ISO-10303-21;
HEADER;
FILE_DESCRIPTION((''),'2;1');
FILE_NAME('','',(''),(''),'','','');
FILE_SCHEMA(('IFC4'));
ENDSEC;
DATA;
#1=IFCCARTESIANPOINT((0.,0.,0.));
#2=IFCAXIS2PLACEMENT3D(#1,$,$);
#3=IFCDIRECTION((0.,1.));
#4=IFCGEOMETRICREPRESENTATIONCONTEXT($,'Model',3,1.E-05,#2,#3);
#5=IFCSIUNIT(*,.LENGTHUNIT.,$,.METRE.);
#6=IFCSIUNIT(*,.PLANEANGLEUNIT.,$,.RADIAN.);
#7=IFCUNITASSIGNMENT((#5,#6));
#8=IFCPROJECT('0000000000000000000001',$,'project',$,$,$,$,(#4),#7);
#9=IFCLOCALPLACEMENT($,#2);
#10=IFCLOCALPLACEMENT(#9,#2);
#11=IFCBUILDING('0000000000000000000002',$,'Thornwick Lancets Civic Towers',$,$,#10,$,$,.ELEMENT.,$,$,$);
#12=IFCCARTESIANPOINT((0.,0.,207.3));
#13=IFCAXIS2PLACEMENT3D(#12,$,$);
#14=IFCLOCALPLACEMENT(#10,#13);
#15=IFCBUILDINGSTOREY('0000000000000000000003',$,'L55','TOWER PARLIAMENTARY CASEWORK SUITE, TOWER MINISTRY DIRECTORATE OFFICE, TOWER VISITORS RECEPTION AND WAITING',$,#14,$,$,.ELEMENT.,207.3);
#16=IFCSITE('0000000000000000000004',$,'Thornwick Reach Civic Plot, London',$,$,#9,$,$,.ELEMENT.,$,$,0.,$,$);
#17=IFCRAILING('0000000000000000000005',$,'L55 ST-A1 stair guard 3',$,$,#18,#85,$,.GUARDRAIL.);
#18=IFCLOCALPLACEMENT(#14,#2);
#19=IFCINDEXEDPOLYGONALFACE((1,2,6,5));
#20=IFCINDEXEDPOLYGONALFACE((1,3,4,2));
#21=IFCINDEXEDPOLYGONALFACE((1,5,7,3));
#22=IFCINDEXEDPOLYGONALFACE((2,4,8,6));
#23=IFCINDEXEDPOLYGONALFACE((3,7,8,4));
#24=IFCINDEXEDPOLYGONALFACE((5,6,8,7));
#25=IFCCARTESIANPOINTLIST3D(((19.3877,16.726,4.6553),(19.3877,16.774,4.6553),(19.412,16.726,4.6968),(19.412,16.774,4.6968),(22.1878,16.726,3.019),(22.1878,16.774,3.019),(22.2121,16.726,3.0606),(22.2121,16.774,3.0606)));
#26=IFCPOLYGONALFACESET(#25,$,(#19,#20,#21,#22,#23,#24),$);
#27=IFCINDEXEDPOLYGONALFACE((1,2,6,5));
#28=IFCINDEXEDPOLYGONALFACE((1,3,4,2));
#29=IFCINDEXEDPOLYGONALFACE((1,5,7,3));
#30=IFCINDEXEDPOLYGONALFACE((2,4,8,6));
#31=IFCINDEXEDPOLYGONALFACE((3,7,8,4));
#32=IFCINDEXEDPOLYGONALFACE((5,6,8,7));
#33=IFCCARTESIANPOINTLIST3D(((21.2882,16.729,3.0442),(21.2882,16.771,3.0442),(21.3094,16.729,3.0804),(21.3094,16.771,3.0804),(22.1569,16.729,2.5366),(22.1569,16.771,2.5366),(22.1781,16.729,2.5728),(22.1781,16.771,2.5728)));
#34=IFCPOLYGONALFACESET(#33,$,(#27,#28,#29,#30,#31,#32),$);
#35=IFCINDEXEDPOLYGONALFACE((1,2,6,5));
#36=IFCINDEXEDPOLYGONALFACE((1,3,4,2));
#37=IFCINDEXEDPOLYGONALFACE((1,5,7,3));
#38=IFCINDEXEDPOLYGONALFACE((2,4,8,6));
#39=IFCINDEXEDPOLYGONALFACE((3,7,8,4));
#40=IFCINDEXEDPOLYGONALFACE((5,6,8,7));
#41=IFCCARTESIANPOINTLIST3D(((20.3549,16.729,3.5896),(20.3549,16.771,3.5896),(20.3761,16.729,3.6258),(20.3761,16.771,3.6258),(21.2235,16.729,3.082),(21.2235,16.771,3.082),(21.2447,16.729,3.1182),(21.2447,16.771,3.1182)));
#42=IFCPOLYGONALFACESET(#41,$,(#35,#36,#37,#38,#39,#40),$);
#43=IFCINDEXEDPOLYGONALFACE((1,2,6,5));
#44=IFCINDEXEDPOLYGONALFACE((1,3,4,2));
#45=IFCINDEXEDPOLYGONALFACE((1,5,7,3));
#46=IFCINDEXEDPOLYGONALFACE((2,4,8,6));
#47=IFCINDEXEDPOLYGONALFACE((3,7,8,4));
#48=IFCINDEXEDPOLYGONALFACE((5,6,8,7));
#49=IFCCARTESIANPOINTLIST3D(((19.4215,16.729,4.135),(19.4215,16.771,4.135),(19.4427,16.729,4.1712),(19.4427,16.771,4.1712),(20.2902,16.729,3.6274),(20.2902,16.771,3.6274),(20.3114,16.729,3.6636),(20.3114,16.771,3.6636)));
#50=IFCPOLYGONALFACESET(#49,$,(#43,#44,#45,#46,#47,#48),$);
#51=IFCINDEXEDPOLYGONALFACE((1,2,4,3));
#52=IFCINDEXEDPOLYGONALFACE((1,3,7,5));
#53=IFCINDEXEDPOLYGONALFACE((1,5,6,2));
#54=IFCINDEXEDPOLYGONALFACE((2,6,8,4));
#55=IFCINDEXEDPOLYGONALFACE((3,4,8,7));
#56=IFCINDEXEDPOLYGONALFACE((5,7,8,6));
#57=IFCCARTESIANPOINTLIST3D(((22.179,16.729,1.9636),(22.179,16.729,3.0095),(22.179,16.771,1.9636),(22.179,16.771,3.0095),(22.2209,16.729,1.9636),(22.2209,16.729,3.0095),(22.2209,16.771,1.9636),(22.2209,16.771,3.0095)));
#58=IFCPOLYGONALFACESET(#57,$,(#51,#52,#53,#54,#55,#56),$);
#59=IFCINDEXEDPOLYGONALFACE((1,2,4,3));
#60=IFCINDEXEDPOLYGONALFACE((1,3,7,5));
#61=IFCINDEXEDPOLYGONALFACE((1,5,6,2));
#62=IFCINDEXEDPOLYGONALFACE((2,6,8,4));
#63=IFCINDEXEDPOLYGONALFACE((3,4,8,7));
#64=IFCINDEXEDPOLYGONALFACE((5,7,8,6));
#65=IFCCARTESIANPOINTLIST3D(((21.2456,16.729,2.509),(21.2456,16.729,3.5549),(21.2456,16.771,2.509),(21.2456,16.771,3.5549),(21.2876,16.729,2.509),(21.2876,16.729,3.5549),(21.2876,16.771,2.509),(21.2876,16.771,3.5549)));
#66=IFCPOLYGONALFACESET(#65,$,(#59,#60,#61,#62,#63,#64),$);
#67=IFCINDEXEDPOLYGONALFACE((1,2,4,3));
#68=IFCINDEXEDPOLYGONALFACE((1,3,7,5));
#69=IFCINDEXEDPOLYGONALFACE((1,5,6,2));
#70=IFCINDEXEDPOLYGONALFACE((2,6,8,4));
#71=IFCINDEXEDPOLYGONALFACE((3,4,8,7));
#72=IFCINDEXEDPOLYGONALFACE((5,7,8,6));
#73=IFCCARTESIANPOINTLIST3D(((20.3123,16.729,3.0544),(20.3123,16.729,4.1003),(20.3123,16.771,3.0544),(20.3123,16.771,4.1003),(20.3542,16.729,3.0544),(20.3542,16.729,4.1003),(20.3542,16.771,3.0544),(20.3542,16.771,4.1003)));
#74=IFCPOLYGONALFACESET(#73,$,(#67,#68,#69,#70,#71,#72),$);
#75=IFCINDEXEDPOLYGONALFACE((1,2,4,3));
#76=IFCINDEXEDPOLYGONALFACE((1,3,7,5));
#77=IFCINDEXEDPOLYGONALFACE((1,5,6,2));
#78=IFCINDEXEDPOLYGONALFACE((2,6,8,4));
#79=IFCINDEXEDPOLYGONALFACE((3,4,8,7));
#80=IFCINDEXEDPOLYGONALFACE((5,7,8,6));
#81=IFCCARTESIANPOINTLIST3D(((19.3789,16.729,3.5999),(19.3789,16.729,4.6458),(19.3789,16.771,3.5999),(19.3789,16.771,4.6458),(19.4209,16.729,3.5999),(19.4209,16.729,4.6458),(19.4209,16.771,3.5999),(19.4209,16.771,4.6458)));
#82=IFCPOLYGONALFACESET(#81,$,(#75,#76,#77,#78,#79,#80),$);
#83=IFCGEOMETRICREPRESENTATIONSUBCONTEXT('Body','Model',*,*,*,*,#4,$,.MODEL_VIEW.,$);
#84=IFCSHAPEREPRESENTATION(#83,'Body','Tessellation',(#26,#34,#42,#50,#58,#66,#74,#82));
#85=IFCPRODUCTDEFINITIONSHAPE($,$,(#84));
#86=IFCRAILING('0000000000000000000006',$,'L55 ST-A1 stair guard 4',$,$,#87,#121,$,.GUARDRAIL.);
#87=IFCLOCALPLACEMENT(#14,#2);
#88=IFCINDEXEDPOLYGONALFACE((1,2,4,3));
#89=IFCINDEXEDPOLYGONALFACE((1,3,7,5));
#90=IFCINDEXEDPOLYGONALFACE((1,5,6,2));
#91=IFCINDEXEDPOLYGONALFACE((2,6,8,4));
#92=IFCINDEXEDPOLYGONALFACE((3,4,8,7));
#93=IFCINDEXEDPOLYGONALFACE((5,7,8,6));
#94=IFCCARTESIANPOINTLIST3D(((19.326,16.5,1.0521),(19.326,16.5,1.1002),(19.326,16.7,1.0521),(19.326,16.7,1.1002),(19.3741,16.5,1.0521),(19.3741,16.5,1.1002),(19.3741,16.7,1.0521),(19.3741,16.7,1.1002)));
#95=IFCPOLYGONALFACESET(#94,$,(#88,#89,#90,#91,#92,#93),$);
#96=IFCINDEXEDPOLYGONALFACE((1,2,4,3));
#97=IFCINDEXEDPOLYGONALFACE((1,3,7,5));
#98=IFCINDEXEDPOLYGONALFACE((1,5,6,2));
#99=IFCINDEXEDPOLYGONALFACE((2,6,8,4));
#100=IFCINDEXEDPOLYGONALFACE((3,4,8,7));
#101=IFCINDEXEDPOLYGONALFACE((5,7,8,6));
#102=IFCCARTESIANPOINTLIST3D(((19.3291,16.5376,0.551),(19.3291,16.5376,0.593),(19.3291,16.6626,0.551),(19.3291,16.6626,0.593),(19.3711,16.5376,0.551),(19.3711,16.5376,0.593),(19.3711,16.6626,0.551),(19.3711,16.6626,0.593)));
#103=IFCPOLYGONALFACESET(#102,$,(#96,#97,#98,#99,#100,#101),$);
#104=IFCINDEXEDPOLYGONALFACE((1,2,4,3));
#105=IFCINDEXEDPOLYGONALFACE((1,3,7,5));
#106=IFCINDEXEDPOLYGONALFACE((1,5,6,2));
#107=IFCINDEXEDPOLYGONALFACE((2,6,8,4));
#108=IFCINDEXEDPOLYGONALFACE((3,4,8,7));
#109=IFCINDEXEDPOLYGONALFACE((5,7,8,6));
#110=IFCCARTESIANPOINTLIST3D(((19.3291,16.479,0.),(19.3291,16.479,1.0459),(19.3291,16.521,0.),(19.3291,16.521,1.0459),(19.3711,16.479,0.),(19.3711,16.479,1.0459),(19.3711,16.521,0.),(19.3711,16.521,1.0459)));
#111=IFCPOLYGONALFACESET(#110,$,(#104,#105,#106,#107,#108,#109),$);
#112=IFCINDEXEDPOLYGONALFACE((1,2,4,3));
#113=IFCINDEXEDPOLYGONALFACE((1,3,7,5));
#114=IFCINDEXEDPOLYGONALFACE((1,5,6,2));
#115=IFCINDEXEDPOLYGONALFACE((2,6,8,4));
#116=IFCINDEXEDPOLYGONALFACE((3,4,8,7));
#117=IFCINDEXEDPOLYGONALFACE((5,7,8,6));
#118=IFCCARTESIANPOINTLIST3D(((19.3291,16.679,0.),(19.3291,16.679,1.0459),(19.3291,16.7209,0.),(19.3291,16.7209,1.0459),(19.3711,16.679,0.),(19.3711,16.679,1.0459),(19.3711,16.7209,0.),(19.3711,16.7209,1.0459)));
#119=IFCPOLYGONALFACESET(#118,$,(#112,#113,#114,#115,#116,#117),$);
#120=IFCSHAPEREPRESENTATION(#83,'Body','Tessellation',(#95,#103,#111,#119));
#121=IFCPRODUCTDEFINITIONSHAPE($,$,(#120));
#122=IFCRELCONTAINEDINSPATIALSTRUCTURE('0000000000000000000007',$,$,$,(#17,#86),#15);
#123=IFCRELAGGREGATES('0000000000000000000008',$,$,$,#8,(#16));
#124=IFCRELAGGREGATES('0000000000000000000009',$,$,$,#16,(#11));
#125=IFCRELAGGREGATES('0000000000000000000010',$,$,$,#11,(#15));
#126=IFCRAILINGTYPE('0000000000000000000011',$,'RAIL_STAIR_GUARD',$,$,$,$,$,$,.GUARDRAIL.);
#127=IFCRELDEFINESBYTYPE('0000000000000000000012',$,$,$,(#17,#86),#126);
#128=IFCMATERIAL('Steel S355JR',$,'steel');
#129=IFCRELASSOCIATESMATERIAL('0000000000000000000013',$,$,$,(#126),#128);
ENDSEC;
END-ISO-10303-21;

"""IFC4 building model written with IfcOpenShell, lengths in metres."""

from ifc_helpers import new_model, si_unit, direction, frame, origin, origin_2d, place, context, subcontext, project, spatial, rectangle, extrude, material, type_object, element, save


model = new_model("IFC4")

# Units and contexts
model_context = context("Model", 3, precision=1e-05, world=origin(), true_north=direction((0.0, 1.0)))
body_context = subcontext(model_context, "Body", "Model", "MODEL_VIEW")
ifc_project = project(units=[si_unit("LENGTHUNIT", "METRE"), si_unit("PLANEANGLEUNIT", "RADIAN")], contexts=[model_context])

# Site, building, storey
site_placement = place(None, origin())
site = spatial("IfcSite", under=ifc_project, at=site_placement, Name="Thornwick Reach Civic Plot, London", CompositionType="ELEMENT", RefElevation=0.0)
building_placement = place(site_placement, origin())
building = spatial("IfcBuilding", under=site, at=building_placement, Name="Thornwick Lancets Civic Towers", CompositionType="ELEMENT")
storey_placement = place(building_placement, frame((0.0, 0.0, 207.3)))
storey = spatial("IfcBuildingStorey", under=building, at=storey_placement, Name="L55", Description="TOWER PARLIAMENTARY CASEWORK SUITE, TOWER MINISTRY DIRECTORATE OFFICE, TOWER VISITORS RECEPTION AND WAITING", CompositionType="ELEMENT", Elevation=207.3)

# Shared definitions
ifc_material_1 = material(Name="Steel S355JR", Category="steel")

# Railings
railing_type_1 = type_object("IfcRailingType", Name="RAIL_STAIR_GUARD", PredefinedType="GUARDRAIL", material=ifc_material_1)
railing_1_placement = place(storey_placement, frame((22.2, 16.75, 1.9636)))
element("IfcRailing", 1, at=railing_1_placement, inside=storey, type_object=railing_type_1, Name="L55 ST-A1 stair guard 3", PredefinedType="GUARDRAIL", context=body_context, shape_type="SweptSolid", body=[
    extrude(rectangle(XDim=0.0481, YDim=0.0481, at=origin_2d()), frame((0.0, 0.0, 1.0762), z_axis=(-0.863394, 0.0, 0.504531), x_axis=(0.0, -1.0, 0.0)), (0.0, 0.0, 1.0), 3.2432),
    extrude(rectangle(XDim=0.042, YDim=0.042, at=origin_2d()), frame((-0.0325, 0.0, 0.5911), z_axis=(-0.863394, 0.0, 0.504531), x_axis=(0.0, -1.0, 0.0)), (0.0, 0.0, 1.0), 1.0061),
    extrude(rectangle(XDim=0.042, YDim=0.042, at=origin_2d()), frame((-0.9658, 0.0, 1.1365), z_axis=(-0.863394, 0.0, 0.504531), x_axis=(0.0, -1.0, 0.0)), (0.0, 0.0, 1.0), 1.0061),
    extrude(rectangle(XDim=0.042, YDim=0.042, at=origin_2d()), frame((-1.8992, 0.0, 1.6819), z_axis=(-0.863394, 0.0, 0.504531), x_axis=(0.0, -1.0, 0.0)), (0.0, 0.0, 1.0), 1.0061),
    extrude(rectangle(XDim=0.042, YDim=0.042, at=origin_2d()), origin(), (0.0, 0.0, 1.0), 1.0459),
    extrude(rectangle(XDim=0.042, YDim=0.042, at=origin_2d()), frame((-0.9333, 0.0, 0.5454)), (0.0, 0.0, 1.0), 1.0459),
    extrude(rectangle(XDim=0.042, YDim=0.042, at=origin_2d()), frame((-1.8667, 0.0, 1.0908)), (0.0, 0.0, 1.0), 1.0459),
    extrude(rectangle(XDim=0.042, YDim=0.042, at=origin_2d()), frame((-2.8, 0.0, 1.6362)), (0.0, 0.0, 1.0), 1.0459),
])
railing_2_placement = place(storey_placement, frame((19.3501, 16.5, 0.0)))
element("IfcRailing", 2, at=railing_2_placement, inside=storey, type_object=railing_type_1, Name="L55 ST-A1 stair guard 4", PredefinedType="GUARDRAIL", context=body_context, shape_type="SweptSolid", body=[
    extrude(rectangle(XDim=0.0481, YDim=0.0481, at=origin_2d()), frame((0.0, 0.0, 1.0762), z_axis=(0.0, 1.0, 0.0), x_axis=(-1.0, 0.0, 0.0)), (0.0, 0.0, 1.0), 0.2),
    extrude(rectangle(XDim=0.042, YDim=0.042, at=origin_2d()), frame((0.0, 0.0376, 0.572), z_axis=(0.0, 1.0, 0.0), x_axis=(-1.0, 0.0, 0.0)), (0.0, 0.0, 1.0), 0.125),
    extrude(rectangle(XDim=0.042, YDim=0.042, at=origin_2d()), origin(), (0.0, 0.0, 1.0), 1.0459),
    extrude(rectangle(XDim=0.042, YDim=0.042, at=origin_2d()), frame((0.0, 0.2, 0.0)), (0.0, 0.0, 1.0), 1.0459),
])

save(model, "model.ifc")
